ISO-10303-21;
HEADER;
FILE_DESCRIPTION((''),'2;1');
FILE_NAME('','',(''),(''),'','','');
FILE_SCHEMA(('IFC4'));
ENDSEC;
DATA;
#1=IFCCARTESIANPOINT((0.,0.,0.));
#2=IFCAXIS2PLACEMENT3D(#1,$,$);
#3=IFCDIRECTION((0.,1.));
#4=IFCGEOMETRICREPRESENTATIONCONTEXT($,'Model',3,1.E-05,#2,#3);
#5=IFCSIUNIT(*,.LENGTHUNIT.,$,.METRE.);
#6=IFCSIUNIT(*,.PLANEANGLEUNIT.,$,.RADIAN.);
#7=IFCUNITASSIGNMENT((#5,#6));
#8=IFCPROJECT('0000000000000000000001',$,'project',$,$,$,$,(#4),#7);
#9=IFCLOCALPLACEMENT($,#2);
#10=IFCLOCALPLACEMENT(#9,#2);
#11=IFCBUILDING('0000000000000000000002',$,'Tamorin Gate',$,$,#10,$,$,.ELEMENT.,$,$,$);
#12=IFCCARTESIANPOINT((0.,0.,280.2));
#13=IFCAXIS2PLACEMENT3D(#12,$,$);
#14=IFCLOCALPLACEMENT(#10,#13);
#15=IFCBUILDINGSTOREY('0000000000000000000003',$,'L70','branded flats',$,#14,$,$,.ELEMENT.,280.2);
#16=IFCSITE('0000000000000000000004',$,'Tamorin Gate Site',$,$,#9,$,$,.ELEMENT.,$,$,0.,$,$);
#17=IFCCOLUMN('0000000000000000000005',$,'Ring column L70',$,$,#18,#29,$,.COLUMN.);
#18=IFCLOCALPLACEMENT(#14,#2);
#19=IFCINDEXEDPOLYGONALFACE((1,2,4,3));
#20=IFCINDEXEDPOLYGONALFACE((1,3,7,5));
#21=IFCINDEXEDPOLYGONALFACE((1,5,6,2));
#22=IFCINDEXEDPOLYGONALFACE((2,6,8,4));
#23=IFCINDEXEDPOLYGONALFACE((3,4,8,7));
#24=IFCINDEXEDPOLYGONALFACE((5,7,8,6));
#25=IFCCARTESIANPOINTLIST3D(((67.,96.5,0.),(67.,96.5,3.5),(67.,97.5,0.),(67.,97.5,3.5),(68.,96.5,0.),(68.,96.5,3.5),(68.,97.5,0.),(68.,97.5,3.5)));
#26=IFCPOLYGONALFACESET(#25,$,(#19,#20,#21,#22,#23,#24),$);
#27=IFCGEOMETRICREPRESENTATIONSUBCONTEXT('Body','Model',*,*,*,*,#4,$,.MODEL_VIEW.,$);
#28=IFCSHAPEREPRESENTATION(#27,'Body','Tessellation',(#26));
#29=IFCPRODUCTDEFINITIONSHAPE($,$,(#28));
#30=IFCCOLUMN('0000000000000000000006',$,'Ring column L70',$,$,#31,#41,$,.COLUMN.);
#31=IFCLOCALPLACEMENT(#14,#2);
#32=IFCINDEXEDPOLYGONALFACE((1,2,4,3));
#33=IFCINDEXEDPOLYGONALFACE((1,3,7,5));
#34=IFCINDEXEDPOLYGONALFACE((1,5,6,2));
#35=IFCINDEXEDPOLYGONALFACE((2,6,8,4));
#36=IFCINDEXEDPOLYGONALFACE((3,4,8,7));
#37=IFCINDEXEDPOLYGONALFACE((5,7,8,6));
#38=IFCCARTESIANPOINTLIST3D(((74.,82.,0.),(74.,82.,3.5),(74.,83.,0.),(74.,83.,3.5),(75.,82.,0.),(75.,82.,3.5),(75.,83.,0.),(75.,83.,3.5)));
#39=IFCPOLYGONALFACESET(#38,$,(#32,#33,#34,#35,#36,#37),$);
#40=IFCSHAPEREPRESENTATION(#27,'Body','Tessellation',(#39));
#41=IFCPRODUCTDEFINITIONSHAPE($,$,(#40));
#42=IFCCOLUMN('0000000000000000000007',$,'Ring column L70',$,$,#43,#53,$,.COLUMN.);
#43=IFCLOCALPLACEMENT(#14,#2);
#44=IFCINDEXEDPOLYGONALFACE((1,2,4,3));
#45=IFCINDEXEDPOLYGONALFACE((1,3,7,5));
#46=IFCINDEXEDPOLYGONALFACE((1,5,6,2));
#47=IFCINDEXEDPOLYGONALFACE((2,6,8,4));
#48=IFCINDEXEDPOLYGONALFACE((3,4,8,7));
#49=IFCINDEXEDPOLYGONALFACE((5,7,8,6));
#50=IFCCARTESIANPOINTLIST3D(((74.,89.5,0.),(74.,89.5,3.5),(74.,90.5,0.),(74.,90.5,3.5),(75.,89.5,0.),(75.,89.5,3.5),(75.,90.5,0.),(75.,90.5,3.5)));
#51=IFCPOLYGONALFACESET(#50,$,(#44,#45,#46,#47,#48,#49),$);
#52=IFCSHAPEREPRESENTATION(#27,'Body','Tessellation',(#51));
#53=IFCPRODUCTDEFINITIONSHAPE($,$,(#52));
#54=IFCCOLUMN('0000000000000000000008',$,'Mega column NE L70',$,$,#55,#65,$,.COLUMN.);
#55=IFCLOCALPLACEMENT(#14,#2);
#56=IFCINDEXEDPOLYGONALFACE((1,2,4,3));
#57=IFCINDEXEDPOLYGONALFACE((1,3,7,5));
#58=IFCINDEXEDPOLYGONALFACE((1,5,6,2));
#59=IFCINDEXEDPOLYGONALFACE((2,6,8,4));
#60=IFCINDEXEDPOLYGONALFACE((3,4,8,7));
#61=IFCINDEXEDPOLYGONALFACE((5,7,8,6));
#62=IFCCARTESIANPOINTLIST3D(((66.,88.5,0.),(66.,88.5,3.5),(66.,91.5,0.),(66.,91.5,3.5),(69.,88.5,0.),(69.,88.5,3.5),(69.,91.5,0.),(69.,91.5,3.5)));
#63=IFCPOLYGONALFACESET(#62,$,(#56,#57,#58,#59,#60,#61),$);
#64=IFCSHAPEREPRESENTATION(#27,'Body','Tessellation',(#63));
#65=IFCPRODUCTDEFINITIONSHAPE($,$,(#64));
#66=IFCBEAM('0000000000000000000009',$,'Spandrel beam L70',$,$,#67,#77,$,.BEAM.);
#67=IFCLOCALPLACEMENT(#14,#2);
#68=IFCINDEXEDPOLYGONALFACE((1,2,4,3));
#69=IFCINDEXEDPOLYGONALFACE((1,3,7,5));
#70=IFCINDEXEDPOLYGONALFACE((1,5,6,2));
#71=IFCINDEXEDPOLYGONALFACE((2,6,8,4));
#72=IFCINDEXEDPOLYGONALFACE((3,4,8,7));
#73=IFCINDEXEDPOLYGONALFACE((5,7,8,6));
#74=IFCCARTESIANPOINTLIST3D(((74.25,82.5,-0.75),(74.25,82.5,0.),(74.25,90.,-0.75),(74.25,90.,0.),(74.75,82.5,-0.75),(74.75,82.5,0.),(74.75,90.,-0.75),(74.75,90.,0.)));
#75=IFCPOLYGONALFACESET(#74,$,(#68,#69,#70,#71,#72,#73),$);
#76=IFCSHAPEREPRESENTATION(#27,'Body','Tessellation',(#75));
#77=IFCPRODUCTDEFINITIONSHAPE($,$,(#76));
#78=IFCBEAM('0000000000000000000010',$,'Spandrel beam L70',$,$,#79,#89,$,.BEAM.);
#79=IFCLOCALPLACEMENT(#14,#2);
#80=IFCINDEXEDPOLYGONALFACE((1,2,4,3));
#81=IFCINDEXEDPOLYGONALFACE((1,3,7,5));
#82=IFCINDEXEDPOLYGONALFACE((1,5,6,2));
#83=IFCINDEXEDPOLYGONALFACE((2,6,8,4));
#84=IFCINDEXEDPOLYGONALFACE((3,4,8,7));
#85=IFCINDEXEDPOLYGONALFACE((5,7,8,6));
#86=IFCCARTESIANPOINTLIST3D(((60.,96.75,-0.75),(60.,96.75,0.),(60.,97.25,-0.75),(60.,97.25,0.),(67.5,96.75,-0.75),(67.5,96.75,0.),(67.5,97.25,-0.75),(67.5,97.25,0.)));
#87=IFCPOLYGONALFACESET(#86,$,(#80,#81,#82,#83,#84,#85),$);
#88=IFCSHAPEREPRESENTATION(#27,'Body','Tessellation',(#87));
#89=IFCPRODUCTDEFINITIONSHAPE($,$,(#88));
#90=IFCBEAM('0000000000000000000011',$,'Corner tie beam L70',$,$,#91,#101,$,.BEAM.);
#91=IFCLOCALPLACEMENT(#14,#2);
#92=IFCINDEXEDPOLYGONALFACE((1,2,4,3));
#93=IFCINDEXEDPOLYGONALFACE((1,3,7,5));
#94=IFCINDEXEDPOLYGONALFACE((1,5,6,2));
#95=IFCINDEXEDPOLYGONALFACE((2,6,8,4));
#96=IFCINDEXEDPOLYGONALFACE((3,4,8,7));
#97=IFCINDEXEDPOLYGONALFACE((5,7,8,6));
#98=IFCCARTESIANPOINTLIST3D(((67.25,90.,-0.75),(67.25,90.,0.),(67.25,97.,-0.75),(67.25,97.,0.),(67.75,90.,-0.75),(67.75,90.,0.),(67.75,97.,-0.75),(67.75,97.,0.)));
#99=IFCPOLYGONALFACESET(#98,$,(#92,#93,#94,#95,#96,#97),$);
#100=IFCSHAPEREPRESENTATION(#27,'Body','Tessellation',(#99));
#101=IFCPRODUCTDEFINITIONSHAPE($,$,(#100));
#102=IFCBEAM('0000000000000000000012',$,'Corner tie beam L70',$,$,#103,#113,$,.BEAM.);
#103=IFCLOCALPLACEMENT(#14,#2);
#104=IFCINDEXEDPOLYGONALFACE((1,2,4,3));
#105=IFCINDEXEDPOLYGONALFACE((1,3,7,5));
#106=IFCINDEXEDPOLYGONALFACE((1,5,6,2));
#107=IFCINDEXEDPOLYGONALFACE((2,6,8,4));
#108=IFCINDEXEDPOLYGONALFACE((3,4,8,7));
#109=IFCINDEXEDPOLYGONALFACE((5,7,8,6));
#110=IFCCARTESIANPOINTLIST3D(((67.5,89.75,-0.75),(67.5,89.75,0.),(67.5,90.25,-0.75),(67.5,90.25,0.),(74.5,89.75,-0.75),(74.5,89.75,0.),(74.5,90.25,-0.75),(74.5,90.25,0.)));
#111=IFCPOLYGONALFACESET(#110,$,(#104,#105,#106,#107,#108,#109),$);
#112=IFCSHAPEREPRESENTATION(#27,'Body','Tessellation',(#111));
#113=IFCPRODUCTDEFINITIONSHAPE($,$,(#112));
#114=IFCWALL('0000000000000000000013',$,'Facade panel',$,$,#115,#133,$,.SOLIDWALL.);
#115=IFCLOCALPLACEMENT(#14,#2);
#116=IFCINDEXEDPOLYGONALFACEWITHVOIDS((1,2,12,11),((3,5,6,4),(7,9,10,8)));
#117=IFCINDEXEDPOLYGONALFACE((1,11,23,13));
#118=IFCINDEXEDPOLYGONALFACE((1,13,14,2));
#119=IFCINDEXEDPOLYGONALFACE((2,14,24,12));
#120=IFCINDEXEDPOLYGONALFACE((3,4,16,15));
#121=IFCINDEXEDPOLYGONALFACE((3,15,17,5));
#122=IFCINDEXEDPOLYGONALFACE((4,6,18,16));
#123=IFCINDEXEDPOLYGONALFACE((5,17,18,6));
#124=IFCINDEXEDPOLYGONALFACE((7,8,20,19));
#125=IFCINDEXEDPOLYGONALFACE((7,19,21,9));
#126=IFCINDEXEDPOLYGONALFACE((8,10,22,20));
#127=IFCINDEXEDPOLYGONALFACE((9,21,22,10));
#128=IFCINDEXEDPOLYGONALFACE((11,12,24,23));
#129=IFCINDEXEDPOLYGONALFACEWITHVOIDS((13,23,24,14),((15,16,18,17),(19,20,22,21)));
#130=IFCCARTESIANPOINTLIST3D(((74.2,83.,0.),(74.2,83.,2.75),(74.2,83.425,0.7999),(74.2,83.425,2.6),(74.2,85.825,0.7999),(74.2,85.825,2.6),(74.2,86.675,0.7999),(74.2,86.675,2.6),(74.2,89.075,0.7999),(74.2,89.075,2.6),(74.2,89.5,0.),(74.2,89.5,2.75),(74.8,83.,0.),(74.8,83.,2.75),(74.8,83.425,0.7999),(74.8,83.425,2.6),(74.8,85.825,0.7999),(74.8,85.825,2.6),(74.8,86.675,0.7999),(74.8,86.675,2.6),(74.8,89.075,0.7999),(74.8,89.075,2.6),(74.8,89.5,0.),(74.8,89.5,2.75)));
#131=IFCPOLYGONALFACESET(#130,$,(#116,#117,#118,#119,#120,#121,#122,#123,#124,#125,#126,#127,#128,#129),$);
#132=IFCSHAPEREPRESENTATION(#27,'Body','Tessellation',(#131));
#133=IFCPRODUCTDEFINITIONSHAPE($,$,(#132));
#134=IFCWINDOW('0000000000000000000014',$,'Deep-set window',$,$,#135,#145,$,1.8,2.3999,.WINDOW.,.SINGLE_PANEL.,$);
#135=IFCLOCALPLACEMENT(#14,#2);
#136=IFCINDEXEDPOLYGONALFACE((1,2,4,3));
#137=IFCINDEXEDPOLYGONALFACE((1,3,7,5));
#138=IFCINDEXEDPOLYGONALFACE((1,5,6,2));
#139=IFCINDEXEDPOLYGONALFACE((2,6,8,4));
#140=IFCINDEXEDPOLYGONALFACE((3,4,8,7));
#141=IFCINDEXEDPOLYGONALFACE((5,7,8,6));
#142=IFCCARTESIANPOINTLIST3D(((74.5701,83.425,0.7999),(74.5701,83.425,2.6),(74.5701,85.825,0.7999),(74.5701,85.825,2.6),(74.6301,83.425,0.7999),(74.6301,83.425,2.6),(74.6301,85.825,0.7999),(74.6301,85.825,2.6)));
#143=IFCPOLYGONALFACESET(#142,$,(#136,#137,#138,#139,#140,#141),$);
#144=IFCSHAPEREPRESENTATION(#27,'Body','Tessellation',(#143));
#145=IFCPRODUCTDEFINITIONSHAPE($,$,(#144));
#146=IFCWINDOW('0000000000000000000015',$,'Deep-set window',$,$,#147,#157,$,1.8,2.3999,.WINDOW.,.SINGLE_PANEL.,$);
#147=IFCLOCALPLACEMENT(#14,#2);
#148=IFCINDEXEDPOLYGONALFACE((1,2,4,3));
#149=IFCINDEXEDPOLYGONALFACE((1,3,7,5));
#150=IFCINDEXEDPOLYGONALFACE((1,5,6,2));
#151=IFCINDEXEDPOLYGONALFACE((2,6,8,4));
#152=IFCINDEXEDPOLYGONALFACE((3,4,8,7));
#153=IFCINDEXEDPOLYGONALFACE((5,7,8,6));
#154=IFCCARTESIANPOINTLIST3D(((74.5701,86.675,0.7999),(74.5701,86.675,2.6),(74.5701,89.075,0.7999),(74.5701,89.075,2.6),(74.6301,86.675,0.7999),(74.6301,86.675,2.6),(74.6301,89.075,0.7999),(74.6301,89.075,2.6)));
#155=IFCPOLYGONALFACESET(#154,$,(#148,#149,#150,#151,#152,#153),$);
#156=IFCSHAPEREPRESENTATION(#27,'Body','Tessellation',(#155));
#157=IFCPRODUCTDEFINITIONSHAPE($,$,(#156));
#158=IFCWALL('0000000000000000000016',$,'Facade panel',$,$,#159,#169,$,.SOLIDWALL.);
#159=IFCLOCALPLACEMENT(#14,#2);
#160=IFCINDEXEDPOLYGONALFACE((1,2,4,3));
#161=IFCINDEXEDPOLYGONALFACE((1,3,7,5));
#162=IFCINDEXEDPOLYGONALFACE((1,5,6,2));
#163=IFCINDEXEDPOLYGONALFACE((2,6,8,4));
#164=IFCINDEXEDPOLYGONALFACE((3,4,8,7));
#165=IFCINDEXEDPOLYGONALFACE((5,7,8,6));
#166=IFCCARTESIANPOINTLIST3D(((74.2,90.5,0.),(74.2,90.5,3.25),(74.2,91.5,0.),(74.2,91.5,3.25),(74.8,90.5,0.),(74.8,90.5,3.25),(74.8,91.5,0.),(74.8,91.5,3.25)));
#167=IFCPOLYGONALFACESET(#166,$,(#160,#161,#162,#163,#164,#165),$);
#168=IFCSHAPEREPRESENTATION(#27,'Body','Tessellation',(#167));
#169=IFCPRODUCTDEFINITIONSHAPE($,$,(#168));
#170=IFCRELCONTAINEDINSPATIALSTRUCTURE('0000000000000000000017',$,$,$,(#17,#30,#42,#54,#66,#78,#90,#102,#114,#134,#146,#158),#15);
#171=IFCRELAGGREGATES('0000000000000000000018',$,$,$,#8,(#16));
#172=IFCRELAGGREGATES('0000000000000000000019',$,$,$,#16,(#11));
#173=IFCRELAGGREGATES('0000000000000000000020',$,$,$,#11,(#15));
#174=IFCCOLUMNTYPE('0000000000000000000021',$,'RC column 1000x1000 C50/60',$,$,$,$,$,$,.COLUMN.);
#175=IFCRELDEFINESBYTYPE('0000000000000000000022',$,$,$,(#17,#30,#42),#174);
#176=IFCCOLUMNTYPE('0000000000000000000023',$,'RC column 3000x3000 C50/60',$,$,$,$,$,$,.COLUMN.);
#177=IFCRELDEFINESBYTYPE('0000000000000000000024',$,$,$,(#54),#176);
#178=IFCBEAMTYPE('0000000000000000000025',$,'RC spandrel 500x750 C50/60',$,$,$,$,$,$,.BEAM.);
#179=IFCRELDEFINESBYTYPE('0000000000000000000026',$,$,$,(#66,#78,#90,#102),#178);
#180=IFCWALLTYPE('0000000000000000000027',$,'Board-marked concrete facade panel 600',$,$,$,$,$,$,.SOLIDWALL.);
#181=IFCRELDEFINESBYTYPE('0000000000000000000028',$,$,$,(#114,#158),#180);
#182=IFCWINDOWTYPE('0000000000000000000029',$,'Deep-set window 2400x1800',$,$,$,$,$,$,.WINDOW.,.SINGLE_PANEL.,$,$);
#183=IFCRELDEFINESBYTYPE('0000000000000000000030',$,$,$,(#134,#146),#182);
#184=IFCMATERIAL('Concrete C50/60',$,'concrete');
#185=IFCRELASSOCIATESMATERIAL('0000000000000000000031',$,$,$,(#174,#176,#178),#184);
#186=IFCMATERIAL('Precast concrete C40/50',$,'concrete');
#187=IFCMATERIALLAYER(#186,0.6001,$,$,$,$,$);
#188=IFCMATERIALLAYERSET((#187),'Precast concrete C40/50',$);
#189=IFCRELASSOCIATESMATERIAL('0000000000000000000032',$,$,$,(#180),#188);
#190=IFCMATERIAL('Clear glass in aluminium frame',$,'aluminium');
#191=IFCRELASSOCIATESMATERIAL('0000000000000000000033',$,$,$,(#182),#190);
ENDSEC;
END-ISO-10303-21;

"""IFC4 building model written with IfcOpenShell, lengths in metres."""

from ifc_helpers import new_model, si_unit, direction, frame, frame_2d, origin, origin_2d, place, context, subcontext, project, spatial, rectangle, extrude, material, layer, layer_set, material_profile, profile_set, type_object, element, fill, save


model = new_model("IFC4")

# Units and contexts
model_context = context("Model", 3, precision=1e-05, world=origin(), true_north=direction((0.0, 1.0)))
body_context = subcontext(model_context, "Body", "Model", "MODEL_VIEW")
ifc_project = project(units=[si_unit("LENGTHUNIT", "METRE"), si_unit("PLANEANGLEUNIT", "RADIAN")], contexts=[model_context])

# Site, building, storey
site_placement = place(None, origin())
site = spatial("IfcSite", under=ifc_project, at=site_placement, Name="Tamorin Gate Site", CompositionType="ELEMENT", RefElevation=0.0)
building_placement = place(site_placement, origin())
building = spatial("IfcBuilding", under=site, at=building_placement, Name="Tamorin Gate", CompositionType="ELEMENT")
storey_placement = place(building_placement, frame((0.0, 0.0, 280.2)))
storey = spatial("IfcBuildingStorey", under=building, at=storey_placement, Name="L70", Description="branded flats", CompositionType="ELEMENT", Elevation=280.2)

# Columns
ifc_material_1 = material(Name="Concrete C50/60", Category="concrete")
ifc_material_profile_1 = material_profile(ifc_material_1, rectangle(XDim=1.0, YDim=1.0, at=origin_2d()), Name="RC 1000x1000")
ifc_profile_set_1 = profile_set([ifc_material_profile_1], Name="Concrete C50/60")
column_type_1 = type_object("IfcColumnType", Name="RC column 1000x1000 C50/60", PredefinedType="COLUMN", material=ifc_profile_set_1)
for number, where, z_axis, x_axis, name in (
    (1, (67.5, 97.0, 0.0), (0.0, 0.0, 1.0), (1.0, 0.0, 0.0), "Ring column L70"),
    (2, (74.5, 82.5, 0.0), (0.0, 0.0, 1.0), (1.0, 0.0, 0.0), "Ring column L70"),
    (3, (74.5, 90.0, 0.0), (0.0, 0.0, 1.0), (1.0, 0.0, 0.0), "Ring column L70"),
):
    element("IfcColumn", number, at=place(storey_placement, frame(where, z_axis=z_axis, x_axis=x_axis)), inside=storey, type_object=column_type_1, Name=name, PredefinedType="COLUMN", context=body_context, shape_type="SweptSolid", body=[
        extrude(rectangle(XDim=1.0, YDim=1.0, at=origin_2d()), origin(), (0.0, 0.0, 1.0), 3.5),
    ])
ifc_material_profile_2 = material_profile(ifc_material_1, rectangle(XDim=3.0, YDim=3.0, at=origin_2d()), Name="RC 3000x3000")
ifc_profile_set_2 = profile_set([ifc_material_profile_2], Name="Concrete C50/60")
column_type_2 = type_object("IfcColumnType", Name="RC column 3000x3000 C50/60", PredefinedType="COLUMN", material=ifc_profile_set_2)
column_placement = place(storey_placement, frame((67.5, 90.0, 0.0), z_axis=(0.0, 0.0, 1.0), x_axis=(1.0, 0.0, 0.0)))
element("IfcColumn", 4, at=column_placement, inside=storey, type_object=column_type_2, Name="Mega column NE L70", PredefinedType="COLUMN", context=body_context, shape_type="SweptSolid", body=[
    extrude(rectangle(XDim=3.0, YDim=3.0, at=origin_2d()), origin(), (0.0, 0.0, 1.0), 3.5),
])

# Beams
ifc_material_profile_3 = material_profile(ifc_material_1, rectangle(XDim=0.5, YDim=0.75, at=origin_2d()), Name="RC 500x750")
ifc_profile_set_3 = profile_set([ifc_material_profile_3], Name="Concrete C50/60")
beam_type = type_object("IfcBeamType", Name="RC spandrel 500x750 C50/60", PredefinedType="BEAM", material=ifc_profile_set_3)
for number, where, z_axis, x_axis, name in (
    (5, (74.5, 82.5, -0.375), (0.0, 1.0, 0.0), (-1.0, 0.0, 0.0), "Spandrel beam L70"),
    (6, (67.5, 97.0, -0.375), (-1.0, 0.0, 0.0), (0.0, -1.0, 0.0), "Spandrel beam L70"),
):
    element("IfcBeam", number, at=place(storey_placement, frame(where, z_axis=z_axis, x_axis=x_axis)), inside=storey, type_object=beam_type, Name=name, PredefinedType="BEAM", context=body_context, shape_type="SweptSolid", body=[
        extrude(rectangle(XDim=0.5, YDim=0.75, at=origin_2d()), origin(), (0.0, 0.0, 1.0), 7.5),
    ])
for number, where, z_axis, x_axis, name in (
    (7, (67.5, 90.0, -0.375), (0.0, 1.0, 0.0), (-1.0, 0.0, 0.0), "Corner tie beam L70"),
    (8, (67.5, 90.0, -0.375), (1.0, 0.0, 0.0), (0.0, 1.0, 0.0), "Corner tie beam L70"),
):
    element("IfcBeam", number, at=place(storey_placement, frame(where, z_axis=z_axis, x_axis=x_axis)), inside=storey, type_object=beam_type, Name=name, PredefinedType="BEAM", context=body_context, shape_type="SweptSolid", body=[
        extrude(rectangle(XDim=0.5, YDim=0.75, at=origin_2d()), origin(), (0.0, 0.0, 1.0), 7.0),
    ])

# Wall, openings, windows
ifc_material_2 = material(Name="Precast concrete C40/50", Category="concrete")
ifc_layer = layer(ifc_material_2, 0.6001)
ifc_layer_set = layer_set([ifc_layer], Name="Precast concrete C40/50")
wall_type = type_object("IfcWallType", Name="Board-marked concrete facade panel 600", PredefinedType="SOLIDWALL", material=ifc_layer_set)
wall_1_placement = place(storey_placement, frame((74.5, 83.0, 0.0), z_axis=(0.0, 0.0, 1.0), x_axis=(0.0, 1.0, 0.0)))
wall_1 = element("IfcWall", 9, at=wall_1_placement, inside=storey, type_object=wall_type, Name="Facade panel", PredefinedType="SOLIDWALL", context=body_context, shape_type="SweptSolid", body=[
    extrude(rectangle(XDim=6.5, YDim=0.6001, at=frame_2d((3.25, 0.0))), origin(), (0.0, 0.0, 1.0), 2.75),
])
opening_1_placement = place(wall_1_placement, frame((0.425, 0.0, 0.8)))
opening_1 = element("IfcOpeningElement", 10, at=opening_1_placement, cuts=wall_1, PredefinedType="OPENING", context=body_context, shape_type="SweptSolid", body=[
    extrude(rectangle(XDim=2.3999, YDim=1.8, at=frame_2d((1.2, 0.8999))), frame((0.0, 0.3101, 0.0), z_axis=(0.0, -1.0, 0.0), x_axis=(1.0, 0.0, 0.0)), (0.0, 0.0, 1.0), 0.6201),
])
opening_2_placement = place(wall_1_placement, frame((3.675, 0.0, 0.8)))
opening_2 = element("IfcOpeningElement", 11, at=opening_2_placement, cuts=wall_1, PredefinedType="OPENING", context=body_context, shape_type="SweptSolid", body=[
    extrude(rectangle(XDim=2.3999, YDim=1.8, at=frame_2d((1.2, 0.8999))), frame((0.0, 0.3101, 0.0), z_axis=(0.0, -1.0, 0.0), x_axis=(1.0, 0.0, 0.0)), (0.0, 0.0, 1.0), 0.6201),
])
ifc_material_3 = material(Name="Clear glass in aluminium frame", Category="aluminium")
window_type_1 = type_object("IfcWindowType", Name="Deep-set window 2400x1800", PartitioningType="SINGLE_PANEL", PredefinedType="WINDOW", material=ifc_material_3)
window_1_placement = place(opening_1_placement, origin())
window_1 = element("IfcWindow", 12, at=window_1_placement, inside=storey, type_object=window_type_1, Name="Deep-set window", OverallHeight=1.8, OverallWidth=2.3999, PartitioningType="SINGLE_PANEL", PredefinedType="WINDOW", context=body_context, shape_type="SweptSolid", body=[
    extrude(rectangle(XDim=2.3999, YDim=1.8, at=frame_2d((1.2, 0.8999))), frame((0.0, -0.0701, 0.0), z_axis=(0.0, -1.0, 0.0), x_axis=(1.0, 0.0, 0.0)), (0.0, 0.0, 1.0), 0.0601),
])
fill(opening_1, window_1)
window_2_placement = place(opening_2_placement, origin())
window_2 = element("IfcWindow", 13, at=window_2_placement, inside=storey, type_object=window_type_1, Name="Deep-set window", OverallHeight=1.8, OverallWidth=2.3999, PartitioningType="SINGLE_PANEL", PredefinedType="WINDOW", context=body_context, shape_type="SweptSolid", body=[
    extrude(rectangle(XDim=2.3999, YDim=1.8, at=frame_2d((1.2, 0.8999))), frame((0.0, -0.0701, 0.0), z_axis=(0.0, -1.0, 0.0), x_axis=(1.0, 0.0, 0.0)), (0.0, 0.0, 1.0), 0.0601),
])
fill(opening_2, window_2)

# Wall
wall_2_placement = place(storey_placement, frame((74.5, 90.5, 0.0), z_axis=(0.0, 0.0, 1.0), x_axis=(0.0, 1.0, 0.0)))
element("IfcWall", 14, at=wall_2_placement, inside=storey, type_object=wall_type, Name="Facade panel", PredefinedType="SOLIDWALL", context=body_context, shape_type="SweptSolid", body=[
    extrude(rectangle(XDim=1.0, YDim=0.6001, at=frame_2d((0.5, 0.0))), origin(), (0.0, 0.0, 1.0), 3.25),
])

save(model, "model.ifc")
